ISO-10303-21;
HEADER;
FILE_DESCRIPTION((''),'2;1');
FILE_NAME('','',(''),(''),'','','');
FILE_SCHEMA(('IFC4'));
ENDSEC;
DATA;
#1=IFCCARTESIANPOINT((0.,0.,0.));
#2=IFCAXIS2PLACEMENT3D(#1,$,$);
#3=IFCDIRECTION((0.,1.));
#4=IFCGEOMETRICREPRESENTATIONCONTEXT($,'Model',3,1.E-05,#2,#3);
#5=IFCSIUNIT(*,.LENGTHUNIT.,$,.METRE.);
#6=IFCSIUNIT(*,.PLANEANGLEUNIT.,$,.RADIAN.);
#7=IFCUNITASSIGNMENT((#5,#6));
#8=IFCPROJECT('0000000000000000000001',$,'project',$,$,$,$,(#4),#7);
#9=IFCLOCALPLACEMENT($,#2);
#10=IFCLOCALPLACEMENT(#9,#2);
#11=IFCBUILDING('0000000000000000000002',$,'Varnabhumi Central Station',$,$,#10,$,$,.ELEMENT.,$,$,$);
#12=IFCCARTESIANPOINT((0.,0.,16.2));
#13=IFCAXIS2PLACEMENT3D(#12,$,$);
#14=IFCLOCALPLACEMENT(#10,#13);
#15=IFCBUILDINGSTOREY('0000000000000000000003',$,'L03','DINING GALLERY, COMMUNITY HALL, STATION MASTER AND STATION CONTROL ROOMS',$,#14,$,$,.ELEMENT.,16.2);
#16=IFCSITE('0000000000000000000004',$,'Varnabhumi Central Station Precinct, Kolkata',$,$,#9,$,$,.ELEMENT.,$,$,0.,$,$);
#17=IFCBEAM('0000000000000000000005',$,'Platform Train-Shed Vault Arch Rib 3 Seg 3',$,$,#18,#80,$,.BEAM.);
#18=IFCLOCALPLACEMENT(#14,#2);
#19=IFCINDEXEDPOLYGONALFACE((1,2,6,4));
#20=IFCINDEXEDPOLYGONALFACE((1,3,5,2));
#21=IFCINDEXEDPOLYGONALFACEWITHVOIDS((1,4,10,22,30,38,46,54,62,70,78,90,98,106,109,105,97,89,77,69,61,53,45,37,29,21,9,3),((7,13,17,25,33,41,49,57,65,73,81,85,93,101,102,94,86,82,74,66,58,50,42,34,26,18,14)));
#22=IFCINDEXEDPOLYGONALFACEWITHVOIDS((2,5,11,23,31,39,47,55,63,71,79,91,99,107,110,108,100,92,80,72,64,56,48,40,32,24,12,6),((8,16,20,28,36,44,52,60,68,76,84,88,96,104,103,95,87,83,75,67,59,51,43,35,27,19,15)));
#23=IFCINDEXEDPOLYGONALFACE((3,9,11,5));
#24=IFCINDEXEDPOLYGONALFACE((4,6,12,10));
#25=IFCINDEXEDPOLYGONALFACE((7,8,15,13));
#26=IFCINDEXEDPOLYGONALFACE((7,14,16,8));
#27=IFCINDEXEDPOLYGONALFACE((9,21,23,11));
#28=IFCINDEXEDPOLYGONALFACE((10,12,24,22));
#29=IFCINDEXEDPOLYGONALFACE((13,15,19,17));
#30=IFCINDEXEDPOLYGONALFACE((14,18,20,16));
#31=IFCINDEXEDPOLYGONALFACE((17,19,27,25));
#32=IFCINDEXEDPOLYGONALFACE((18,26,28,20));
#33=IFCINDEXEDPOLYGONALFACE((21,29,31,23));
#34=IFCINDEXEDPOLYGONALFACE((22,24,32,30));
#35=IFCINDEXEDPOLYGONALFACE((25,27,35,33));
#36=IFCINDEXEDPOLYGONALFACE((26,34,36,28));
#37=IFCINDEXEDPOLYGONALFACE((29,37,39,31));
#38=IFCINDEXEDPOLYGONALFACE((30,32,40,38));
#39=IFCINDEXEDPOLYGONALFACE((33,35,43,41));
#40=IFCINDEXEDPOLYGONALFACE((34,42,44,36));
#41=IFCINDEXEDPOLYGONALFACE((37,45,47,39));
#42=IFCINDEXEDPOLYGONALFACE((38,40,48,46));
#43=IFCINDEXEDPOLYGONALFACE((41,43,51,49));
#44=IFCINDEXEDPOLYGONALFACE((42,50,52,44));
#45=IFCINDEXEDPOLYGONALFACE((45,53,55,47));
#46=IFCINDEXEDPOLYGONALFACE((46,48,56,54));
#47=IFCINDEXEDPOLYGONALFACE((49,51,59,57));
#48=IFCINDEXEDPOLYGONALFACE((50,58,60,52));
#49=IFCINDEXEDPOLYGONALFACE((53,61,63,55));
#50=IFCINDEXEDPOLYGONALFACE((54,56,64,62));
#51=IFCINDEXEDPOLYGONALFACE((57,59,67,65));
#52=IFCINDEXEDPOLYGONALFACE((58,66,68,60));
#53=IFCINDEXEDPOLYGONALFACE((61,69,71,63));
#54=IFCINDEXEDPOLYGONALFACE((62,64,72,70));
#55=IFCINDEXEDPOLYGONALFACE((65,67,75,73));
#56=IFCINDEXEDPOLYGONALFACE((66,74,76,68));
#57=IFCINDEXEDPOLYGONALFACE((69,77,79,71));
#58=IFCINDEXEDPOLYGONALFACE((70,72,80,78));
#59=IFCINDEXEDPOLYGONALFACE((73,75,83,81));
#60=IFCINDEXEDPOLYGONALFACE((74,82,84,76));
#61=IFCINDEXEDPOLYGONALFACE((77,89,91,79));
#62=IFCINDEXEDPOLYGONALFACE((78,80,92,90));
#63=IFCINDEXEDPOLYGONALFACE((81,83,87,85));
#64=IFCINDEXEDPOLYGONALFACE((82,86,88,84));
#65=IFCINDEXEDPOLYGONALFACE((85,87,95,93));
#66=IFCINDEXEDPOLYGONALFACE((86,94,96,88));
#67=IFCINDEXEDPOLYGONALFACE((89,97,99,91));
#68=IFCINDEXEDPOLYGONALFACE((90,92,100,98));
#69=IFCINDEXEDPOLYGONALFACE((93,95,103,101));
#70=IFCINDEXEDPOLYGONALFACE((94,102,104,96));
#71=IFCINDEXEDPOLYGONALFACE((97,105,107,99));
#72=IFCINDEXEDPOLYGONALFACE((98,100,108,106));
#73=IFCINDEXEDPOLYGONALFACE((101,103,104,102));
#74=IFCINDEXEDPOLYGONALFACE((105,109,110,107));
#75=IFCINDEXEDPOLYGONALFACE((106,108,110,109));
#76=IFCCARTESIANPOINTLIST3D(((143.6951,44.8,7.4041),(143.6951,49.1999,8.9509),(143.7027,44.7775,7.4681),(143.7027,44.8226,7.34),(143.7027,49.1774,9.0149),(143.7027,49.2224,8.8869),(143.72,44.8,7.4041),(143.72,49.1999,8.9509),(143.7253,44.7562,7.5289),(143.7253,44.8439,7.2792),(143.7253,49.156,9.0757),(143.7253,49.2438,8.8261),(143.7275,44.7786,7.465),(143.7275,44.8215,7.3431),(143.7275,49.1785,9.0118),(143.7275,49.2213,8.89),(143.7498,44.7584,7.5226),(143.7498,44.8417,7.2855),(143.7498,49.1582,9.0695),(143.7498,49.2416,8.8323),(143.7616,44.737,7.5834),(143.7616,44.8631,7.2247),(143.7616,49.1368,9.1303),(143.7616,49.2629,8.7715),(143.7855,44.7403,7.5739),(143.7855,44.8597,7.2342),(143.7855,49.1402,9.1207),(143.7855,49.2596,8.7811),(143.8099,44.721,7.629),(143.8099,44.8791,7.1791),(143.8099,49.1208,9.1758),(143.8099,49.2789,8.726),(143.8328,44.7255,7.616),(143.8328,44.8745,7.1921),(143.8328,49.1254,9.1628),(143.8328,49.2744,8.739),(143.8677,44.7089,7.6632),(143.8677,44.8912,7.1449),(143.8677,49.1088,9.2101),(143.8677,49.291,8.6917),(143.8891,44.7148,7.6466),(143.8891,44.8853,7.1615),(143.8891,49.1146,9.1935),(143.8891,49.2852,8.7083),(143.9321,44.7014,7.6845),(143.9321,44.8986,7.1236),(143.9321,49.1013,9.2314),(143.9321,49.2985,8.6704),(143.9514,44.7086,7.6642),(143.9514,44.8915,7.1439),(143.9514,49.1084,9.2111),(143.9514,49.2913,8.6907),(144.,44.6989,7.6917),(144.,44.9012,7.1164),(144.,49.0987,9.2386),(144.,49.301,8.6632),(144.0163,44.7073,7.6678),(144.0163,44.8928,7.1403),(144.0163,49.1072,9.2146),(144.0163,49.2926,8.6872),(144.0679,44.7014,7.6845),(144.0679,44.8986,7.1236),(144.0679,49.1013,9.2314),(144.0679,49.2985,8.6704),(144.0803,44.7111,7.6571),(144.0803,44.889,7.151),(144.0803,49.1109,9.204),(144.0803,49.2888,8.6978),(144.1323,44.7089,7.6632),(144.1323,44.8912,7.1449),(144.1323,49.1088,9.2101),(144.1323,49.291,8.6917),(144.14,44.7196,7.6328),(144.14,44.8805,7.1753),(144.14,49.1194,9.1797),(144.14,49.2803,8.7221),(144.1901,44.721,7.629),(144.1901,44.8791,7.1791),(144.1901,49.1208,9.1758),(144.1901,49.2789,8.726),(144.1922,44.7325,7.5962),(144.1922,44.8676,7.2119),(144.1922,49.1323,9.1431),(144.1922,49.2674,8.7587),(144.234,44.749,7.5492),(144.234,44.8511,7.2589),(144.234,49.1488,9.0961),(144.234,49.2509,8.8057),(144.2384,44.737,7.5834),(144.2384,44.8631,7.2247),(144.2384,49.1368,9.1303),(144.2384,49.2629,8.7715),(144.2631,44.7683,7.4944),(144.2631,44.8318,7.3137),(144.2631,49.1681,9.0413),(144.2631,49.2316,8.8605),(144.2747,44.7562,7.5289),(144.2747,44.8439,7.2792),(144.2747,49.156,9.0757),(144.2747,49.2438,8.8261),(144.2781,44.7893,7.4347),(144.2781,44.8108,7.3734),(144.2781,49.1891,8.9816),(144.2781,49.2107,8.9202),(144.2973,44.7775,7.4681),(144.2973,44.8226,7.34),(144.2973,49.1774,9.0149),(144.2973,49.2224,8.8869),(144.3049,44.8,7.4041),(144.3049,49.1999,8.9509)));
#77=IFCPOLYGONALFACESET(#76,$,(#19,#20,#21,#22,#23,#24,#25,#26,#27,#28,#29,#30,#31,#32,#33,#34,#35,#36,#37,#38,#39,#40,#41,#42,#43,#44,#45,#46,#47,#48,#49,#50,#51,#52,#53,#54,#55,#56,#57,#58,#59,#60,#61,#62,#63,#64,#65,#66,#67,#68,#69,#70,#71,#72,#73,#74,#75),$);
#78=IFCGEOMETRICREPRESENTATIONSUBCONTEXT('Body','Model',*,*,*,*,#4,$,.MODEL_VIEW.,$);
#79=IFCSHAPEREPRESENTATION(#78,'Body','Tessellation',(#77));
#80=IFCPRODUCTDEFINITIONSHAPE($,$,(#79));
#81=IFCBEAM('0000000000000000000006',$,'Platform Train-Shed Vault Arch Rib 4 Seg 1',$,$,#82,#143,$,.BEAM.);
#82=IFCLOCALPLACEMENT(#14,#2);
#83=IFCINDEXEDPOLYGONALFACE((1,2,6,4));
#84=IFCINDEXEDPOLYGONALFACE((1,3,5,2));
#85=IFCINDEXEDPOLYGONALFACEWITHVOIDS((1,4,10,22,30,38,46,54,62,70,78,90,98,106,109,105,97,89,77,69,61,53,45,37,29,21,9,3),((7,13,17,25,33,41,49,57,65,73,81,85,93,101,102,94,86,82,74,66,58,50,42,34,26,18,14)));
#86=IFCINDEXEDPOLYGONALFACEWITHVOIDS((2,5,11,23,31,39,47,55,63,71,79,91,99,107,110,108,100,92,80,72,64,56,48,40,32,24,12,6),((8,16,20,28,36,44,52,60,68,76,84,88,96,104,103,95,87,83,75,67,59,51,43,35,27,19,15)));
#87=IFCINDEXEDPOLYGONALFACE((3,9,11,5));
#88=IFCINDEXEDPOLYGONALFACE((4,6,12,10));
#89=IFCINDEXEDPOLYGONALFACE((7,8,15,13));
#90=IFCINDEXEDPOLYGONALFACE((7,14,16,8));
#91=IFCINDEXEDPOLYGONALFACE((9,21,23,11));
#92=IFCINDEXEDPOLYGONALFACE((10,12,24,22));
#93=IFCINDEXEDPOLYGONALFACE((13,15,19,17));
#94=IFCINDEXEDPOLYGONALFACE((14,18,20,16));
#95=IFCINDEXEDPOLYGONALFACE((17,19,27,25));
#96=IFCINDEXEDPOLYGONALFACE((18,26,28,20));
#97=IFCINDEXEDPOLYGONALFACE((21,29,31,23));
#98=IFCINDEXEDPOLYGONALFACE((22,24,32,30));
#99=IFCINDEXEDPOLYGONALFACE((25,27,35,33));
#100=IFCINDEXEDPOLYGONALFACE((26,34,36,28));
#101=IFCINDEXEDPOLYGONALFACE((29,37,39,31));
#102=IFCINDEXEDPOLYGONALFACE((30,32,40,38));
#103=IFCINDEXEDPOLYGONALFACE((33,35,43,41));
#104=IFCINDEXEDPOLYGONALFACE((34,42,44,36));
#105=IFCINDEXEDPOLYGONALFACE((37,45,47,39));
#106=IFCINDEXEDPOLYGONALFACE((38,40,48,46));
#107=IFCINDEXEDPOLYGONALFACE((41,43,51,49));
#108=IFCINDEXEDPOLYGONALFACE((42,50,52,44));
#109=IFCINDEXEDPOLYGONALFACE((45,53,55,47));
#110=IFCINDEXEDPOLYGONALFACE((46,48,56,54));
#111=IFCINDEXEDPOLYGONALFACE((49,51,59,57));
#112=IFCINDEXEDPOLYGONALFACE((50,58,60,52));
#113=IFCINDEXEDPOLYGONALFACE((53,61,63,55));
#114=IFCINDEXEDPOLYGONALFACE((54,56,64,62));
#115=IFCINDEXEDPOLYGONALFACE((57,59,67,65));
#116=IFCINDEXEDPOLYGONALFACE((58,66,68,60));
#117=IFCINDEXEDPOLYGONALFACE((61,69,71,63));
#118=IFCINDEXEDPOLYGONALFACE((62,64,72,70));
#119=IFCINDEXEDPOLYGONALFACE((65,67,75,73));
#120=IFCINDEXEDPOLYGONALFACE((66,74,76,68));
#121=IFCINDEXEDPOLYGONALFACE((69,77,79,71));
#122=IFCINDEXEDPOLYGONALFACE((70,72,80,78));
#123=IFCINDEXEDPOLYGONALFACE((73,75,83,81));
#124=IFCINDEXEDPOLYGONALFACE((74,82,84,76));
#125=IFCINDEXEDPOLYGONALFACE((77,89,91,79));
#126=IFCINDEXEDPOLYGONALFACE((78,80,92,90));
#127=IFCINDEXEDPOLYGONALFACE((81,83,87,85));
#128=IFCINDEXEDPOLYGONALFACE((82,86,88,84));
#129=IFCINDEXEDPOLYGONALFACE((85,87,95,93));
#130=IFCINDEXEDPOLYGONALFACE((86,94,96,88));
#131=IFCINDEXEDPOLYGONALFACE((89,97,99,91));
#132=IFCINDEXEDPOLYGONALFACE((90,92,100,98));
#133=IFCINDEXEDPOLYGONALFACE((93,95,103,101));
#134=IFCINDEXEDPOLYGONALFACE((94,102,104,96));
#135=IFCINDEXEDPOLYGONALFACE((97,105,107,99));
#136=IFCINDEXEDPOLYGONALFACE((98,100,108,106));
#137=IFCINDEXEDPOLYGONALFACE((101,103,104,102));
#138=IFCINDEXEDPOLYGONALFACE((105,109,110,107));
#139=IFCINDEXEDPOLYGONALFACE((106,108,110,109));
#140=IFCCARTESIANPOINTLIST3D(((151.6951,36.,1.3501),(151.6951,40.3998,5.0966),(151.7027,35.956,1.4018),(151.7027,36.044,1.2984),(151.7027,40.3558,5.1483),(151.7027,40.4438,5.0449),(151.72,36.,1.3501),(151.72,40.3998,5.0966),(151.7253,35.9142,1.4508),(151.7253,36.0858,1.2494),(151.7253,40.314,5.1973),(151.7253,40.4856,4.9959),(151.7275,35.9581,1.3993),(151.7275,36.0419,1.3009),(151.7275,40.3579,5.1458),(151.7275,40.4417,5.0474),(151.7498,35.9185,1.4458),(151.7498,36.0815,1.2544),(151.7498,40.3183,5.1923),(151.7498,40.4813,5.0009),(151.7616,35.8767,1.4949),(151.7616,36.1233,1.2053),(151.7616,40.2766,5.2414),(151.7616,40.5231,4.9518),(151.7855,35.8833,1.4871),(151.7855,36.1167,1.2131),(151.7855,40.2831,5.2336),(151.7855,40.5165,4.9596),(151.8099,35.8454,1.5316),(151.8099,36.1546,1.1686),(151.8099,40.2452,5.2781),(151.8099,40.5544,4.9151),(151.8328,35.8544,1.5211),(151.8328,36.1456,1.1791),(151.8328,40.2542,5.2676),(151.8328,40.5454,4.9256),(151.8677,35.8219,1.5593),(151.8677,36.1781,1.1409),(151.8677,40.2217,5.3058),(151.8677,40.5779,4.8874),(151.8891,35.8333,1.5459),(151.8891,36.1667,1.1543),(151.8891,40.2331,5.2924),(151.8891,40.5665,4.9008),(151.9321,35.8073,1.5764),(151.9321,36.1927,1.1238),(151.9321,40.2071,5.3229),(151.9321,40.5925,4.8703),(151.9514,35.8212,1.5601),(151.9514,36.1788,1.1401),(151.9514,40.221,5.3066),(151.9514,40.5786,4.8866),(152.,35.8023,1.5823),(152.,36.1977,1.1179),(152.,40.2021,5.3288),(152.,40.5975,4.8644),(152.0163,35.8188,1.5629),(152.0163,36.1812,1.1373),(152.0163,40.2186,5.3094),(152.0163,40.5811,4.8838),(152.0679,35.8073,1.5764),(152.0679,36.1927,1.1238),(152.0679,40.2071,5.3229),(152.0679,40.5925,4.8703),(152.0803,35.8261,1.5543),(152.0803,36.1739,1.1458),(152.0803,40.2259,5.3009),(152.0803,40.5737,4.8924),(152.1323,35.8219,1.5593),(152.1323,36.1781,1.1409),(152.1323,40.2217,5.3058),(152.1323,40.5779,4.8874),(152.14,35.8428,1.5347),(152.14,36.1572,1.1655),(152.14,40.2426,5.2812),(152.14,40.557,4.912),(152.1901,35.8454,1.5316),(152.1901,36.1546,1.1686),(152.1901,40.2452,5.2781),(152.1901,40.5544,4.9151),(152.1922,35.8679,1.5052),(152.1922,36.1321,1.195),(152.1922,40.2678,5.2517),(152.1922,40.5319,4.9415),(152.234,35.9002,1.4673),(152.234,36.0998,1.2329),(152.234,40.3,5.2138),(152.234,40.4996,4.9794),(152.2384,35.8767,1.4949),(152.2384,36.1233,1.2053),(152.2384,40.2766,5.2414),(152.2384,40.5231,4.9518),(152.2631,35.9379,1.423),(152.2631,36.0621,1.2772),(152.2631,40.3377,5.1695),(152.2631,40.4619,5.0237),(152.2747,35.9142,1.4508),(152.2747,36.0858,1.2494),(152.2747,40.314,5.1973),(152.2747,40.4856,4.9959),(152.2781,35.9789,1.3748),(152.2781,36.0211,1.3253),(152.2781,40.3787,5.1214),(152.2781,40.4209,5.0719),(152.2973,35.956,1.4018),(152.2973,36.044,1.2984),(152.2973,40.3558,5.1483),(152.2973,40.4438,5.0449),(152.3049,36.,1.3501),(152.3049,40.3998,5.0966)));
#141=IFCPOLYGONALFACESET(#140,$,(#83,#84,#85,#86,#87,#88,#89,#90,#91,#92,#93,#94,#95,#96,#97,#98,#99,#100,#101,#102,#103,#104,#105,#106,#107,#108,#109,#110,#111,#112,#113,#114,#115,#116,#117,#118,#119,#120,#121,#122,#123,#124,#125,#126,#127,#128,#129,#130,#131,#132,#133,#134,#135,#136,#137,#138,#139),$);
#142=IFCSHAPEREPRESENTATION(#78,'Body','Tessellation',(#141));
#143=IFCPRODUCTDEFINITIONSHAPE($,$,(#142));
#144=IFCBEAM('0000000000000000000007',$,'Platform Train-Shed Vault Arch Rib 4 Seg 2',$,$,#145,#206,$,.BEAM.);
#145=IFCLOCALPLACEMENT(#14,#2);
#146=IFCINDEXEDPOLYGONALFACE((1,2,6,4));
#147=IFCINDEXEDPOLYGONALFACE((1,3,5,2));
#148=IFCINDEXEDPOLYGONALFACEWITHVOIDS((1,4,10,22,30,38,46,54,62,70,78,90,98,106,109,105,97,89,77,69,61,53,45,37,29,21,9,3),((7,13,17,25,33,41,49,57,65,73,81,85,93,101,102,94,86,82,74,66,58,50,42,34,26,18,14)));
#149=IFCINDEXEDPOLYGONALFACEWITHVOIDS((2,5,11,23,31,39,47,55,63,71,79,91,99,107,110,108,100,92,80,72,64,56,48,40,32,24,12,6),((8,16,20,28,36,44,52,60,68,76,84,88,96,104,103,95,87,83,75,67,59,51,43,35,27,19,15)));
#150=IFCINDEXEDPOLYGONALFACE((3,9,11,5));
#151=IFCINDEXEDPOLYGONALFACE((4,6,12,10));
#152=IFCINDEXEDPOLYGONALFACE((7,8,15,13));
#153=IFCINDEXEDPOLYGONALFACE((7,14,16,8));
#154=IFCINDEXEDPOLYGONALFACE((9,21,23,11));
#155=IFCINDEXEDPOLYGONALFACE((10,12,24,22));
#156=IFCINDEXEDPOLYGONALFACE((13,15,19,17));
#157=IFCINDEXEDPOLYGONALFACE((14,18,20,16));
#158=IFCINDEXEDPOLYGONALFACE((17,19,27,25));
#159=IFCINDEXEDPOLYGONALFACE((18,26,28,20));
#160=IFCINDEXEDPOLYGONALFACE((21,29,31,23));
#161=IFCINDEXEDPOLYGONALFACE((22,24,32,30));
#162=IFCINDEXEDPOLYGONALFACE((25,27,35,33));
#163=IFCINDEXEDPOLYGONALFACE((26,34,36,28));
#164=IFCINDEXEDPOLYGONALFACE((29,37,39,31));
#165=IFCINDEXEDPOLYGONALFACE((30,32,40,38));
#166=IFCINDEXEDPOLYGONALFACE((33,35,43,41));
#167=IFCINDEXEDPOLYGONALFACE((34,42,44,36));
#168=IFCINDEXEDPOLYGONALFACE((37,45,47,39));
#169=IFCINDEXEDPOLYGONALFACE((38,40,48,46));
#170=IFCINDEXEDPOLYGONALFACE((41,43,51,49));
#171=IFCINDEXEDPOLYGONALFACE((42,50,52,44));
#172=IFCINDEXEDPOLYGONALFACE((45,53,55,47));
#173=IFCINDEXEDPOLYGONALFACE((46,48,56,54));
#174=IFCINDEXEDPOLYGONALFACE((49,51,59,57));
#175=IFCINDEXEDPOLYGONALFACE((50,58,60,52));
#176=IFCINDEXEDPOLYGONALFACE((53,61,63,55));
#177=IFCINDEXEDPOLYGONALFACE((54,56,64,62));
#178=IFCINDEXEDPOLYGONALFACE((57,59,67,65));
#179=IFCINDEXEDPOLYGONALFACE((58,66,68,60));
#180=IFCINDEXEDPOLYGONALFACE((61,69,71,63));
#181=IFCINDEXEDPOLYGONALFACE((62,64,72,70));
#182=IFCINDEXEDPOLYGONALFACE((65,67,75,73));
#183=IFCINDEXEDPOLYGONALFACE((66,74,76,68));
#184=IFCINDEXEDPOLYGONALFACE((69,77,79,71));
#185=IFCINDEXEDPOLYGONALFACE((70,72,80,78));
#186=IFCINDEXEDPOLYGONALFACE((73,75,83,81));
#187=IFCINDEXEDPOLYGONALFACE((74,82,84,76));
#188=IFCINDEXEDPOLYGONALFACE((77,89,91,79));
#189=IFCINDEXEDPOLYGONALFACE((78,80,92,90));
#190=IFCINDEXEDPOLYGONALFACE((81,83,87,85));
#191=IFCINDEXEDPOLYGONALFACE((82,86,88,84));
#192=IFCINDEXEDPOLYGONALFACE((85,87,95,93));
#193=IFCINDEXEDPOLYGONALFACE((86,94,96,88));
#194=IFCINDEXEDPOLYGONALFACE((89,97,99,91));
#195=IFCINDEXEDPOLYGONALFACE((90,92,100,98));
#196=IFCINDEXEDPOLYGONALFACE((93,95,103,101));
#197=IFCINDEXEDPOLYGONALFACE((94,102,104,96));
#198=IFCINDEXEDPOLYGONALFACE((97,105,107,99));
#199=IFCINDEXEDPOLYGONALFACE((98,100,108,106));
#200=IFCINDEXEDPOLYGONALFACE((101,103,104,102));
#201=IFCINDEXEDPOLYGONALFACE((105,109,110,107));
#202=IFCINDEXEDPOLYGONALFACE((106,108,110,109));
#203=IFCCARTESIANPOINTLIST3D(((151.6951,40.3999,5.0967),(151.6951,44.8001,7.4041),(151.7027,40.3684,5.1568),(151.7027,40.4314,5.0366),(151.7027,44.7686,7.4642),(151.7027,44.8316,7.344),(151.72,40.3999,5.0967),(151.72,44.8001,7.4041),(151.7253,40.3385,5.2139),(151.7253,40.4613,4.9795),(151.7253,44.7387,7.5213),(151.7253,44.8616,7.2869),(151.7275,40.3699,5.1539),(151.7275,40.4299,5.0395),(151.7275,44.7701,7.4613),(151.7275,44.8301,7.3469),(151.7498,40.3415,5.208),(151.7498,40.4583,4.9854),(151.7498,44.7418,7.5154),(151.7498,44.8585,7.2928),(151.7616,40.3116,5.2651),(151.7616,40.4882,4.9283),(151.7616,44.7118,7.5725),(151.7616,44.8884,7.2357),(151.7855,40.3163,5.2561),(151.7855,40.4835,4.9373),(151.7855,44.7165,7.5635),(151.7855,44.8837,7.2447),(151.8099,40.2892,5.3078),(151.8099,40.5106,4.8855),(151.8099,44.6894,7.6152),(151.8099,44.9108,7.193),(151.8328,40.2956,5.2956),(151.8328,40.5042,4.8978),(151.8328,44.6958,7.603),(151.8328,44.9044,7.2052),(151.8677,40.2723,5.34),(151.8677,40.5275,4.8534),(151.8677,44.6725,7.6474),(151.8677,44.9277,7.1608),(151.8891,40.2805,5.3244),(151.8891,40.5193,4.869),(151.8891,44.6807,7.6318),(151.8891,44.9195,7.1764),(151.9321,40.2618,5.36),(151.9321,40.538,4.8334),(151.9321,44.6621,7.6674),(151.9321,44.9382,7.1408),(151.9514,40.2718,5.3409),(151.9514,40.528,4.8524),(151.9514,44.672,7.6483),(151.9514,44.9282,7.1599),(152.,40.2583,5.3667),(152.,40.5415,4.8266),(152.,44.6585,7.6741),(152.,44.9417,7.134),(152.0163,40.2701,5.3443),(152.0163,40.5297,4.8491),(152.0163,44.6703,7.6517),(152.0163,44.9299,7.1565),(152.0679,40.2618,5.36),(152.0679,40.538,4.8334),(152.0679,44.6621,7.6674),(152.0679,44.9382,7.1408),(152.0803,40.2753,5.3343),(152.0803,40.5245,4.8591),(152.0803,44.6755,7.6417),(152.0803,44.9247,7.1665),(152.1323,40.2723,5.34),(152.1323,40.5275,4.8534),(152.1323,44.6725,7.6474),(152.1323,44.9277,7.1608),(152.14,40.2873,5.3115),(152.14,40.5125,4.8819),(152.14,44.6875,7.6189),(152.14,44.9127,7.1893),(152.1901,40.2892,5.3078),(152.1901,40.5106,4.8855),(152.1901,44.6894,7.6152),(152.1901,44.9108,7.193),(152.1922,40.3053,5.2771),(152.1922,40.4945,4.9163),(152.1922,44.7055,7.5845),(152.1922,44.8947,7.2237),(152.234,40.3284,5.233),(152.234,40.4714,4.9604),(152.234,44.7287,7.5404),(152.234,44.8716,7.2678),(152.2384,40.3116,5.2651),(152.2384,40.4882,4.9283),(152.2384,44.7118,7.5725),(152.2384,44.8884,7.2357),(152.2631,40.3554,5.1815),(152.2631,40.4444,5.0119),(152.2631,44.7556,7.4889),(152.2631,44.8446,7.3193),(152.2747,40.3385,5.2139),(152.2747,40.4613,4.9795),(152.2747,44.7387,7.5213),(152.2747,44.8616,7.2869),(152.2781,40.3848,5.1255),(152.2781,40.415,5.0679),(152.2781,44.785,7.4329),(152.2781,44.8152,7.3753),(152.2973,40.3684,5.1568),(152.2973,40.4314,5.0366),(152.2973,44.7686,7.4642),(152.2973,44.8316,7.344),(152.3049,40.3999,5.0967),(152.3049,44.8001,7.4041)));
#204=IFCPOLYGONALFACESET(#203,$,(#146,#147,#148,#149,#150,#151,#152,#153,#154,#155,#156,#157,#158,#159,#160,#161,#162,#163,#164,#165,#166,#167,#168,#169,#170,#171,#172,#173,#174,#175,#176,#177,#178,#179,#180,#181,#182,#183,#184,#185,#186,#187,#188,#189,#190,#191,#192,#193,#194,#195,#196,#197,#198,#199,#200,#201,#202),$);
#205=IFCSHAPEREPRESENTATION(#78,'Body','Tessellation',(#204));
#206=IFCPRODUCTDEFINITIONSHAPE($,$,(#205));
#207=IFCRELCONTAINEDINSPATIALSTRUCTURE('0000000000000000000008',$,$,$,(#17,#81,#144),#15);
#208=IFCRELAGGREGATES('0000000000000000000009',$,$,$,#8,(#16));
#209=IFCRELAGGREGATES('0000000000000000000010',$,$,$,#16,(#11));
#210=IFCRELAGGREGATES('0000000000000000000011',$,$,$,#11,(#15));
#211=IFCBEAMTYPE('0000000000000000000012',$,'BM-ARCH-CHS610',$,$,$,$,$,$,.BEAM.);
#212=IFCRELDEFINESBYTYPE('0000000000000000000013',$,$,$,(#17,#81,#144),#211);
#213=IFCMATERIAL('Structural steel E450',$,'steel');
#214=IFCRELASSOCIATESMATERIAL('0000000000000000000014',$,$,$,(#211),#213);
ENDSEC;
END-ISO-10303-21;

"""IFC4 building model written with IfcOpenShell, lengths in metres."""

from ifc_helpers import new_model, si_unit, direction, frame, origin, origin_2d, place, context, subcontext, project, spatial, hollow_circle, extrude, material, material_profile, profile_set, type_object, element, save


model = new_model("IFC4")

# Units and contexts
model_context = context("Model", 3, precision=1e-05, world=origin(), true_north=direction((0.0, 1.0)))
body_context = subcontext(model_context, "Body", "Model", "MODEL_VIEW")
ifc_project = project(units=[si_unit("LENGTHUNIT", "METRE"), si_unit("PLANEANGLEUNIT", "RADIAN")], contexts=[model_context])

# Site, building, storey
site_placement = place(None, origin())
site = spatial("IfcSite", under=ifc_project, at=site_placement, Name="Varnabhumi Central Station Precinct, Kolkata", CompositionType="ELEMENT", RefElevation=0.0)
building_placement = place(site_placement, origin())
building = spatial("IfcBuilding", under=site, at=building_placement, Name="Varnabhumi Central Station", CompositionType="ELEMENT")
storey_placement = place(building_placement, frame((0.0, 0.0, 16.2)))
storey = spatial("IfcBuildingStorey", under=building, at=storey_placement, Name="L03", Description="DINING GALLERY, COMMUNITY HALL, STATION MASTER AND STATION CONTROL ROOMS", CompositionType="ELEMENT", Elevation=16.2)

# Beams
ifc_material_1 = material(Name="Structural steel E450", Category="steel")
ifc_material_profile_1 = material_profile(ifc_material_1, hollow_circle(Radius=0.3049, WallThickness=0.0249, at=origin_2d()), Name="Structural steel E450", Category="steel")
ifc_profile_set_1 = profile_set([ifc_material_profile_1], Name="Structural steel E450")
beam_type_1 = type_object("IfcBeamType", Name="BM-ARCH-CHS610", PredefinedType="BEAM", material=ifc_profile_set_1)
beam_1_placement = place(storey_placement, frame((144.0, 44.8, 7.4041), z_axis=(0.0, 0.943396, 0.33167), x_axis=(-1.0, 0.0, 0.0)))
element("IfcBeam", 1, at=beam_1_placement, inside=storey, type_object=beam_type_1, Name="Platform Train-Shed Vault Arch Rib 3 Seg 3", PredefinedType="BEAM", context=body_context, shape_type="SweptSolid", body=[
    extrude(hollow_circle(Radius=0.3049, WallThickness=0.0249, at=origin_2d()), origin(), (0.0, 0.0, 1.0), 4.6638),
])
beam_2_placement = place(storey_placement, frame((152.0, 36.0, 1.3501), z_axis=(0.0, 0.76137, 0.648318), x_axis=(-1.0, 0.0, 0.0)))
element("IfcBeam", 2, at=beam_2_placement, inside=storey, type_object=beam_type_1, Name="Platform Train-Shed Vault Arch Rib 4 Seg 1", PredefinedType="BEAM", context=body_context, shape_type="SweptSolid", body=[
    extrude(hollow_circle(Radius=0.3049, WallThickness=0.0249, at=origin_2d()), origin(), (0.0, 0.0, 1.0), 5.7788),
])
beam_3_placement = place(storey_placement, frame((152.0, 40.3999, 5.0967), z_axis=(0.0, 0.885622, 0.464407), x_axis=(-1.0, 0.0, 0.0)))
element("IfcBeam", 3, at=beam_3_placement, inside=storey, type_object=beam_type_1, Name="Platform Train-Shed Vault Arch Rib 4 Seg 2", PredefinedType="BEAM", context=body_context, shape_type="SweptSolid", body=[
    extrude(hollow_circle(Radius=0.3049, WallThickness=0.0249, at=origin_2d()), origin(), (0.0, 0.0, 1.0), 4.9685),
])

save(model, "model.ifc")
